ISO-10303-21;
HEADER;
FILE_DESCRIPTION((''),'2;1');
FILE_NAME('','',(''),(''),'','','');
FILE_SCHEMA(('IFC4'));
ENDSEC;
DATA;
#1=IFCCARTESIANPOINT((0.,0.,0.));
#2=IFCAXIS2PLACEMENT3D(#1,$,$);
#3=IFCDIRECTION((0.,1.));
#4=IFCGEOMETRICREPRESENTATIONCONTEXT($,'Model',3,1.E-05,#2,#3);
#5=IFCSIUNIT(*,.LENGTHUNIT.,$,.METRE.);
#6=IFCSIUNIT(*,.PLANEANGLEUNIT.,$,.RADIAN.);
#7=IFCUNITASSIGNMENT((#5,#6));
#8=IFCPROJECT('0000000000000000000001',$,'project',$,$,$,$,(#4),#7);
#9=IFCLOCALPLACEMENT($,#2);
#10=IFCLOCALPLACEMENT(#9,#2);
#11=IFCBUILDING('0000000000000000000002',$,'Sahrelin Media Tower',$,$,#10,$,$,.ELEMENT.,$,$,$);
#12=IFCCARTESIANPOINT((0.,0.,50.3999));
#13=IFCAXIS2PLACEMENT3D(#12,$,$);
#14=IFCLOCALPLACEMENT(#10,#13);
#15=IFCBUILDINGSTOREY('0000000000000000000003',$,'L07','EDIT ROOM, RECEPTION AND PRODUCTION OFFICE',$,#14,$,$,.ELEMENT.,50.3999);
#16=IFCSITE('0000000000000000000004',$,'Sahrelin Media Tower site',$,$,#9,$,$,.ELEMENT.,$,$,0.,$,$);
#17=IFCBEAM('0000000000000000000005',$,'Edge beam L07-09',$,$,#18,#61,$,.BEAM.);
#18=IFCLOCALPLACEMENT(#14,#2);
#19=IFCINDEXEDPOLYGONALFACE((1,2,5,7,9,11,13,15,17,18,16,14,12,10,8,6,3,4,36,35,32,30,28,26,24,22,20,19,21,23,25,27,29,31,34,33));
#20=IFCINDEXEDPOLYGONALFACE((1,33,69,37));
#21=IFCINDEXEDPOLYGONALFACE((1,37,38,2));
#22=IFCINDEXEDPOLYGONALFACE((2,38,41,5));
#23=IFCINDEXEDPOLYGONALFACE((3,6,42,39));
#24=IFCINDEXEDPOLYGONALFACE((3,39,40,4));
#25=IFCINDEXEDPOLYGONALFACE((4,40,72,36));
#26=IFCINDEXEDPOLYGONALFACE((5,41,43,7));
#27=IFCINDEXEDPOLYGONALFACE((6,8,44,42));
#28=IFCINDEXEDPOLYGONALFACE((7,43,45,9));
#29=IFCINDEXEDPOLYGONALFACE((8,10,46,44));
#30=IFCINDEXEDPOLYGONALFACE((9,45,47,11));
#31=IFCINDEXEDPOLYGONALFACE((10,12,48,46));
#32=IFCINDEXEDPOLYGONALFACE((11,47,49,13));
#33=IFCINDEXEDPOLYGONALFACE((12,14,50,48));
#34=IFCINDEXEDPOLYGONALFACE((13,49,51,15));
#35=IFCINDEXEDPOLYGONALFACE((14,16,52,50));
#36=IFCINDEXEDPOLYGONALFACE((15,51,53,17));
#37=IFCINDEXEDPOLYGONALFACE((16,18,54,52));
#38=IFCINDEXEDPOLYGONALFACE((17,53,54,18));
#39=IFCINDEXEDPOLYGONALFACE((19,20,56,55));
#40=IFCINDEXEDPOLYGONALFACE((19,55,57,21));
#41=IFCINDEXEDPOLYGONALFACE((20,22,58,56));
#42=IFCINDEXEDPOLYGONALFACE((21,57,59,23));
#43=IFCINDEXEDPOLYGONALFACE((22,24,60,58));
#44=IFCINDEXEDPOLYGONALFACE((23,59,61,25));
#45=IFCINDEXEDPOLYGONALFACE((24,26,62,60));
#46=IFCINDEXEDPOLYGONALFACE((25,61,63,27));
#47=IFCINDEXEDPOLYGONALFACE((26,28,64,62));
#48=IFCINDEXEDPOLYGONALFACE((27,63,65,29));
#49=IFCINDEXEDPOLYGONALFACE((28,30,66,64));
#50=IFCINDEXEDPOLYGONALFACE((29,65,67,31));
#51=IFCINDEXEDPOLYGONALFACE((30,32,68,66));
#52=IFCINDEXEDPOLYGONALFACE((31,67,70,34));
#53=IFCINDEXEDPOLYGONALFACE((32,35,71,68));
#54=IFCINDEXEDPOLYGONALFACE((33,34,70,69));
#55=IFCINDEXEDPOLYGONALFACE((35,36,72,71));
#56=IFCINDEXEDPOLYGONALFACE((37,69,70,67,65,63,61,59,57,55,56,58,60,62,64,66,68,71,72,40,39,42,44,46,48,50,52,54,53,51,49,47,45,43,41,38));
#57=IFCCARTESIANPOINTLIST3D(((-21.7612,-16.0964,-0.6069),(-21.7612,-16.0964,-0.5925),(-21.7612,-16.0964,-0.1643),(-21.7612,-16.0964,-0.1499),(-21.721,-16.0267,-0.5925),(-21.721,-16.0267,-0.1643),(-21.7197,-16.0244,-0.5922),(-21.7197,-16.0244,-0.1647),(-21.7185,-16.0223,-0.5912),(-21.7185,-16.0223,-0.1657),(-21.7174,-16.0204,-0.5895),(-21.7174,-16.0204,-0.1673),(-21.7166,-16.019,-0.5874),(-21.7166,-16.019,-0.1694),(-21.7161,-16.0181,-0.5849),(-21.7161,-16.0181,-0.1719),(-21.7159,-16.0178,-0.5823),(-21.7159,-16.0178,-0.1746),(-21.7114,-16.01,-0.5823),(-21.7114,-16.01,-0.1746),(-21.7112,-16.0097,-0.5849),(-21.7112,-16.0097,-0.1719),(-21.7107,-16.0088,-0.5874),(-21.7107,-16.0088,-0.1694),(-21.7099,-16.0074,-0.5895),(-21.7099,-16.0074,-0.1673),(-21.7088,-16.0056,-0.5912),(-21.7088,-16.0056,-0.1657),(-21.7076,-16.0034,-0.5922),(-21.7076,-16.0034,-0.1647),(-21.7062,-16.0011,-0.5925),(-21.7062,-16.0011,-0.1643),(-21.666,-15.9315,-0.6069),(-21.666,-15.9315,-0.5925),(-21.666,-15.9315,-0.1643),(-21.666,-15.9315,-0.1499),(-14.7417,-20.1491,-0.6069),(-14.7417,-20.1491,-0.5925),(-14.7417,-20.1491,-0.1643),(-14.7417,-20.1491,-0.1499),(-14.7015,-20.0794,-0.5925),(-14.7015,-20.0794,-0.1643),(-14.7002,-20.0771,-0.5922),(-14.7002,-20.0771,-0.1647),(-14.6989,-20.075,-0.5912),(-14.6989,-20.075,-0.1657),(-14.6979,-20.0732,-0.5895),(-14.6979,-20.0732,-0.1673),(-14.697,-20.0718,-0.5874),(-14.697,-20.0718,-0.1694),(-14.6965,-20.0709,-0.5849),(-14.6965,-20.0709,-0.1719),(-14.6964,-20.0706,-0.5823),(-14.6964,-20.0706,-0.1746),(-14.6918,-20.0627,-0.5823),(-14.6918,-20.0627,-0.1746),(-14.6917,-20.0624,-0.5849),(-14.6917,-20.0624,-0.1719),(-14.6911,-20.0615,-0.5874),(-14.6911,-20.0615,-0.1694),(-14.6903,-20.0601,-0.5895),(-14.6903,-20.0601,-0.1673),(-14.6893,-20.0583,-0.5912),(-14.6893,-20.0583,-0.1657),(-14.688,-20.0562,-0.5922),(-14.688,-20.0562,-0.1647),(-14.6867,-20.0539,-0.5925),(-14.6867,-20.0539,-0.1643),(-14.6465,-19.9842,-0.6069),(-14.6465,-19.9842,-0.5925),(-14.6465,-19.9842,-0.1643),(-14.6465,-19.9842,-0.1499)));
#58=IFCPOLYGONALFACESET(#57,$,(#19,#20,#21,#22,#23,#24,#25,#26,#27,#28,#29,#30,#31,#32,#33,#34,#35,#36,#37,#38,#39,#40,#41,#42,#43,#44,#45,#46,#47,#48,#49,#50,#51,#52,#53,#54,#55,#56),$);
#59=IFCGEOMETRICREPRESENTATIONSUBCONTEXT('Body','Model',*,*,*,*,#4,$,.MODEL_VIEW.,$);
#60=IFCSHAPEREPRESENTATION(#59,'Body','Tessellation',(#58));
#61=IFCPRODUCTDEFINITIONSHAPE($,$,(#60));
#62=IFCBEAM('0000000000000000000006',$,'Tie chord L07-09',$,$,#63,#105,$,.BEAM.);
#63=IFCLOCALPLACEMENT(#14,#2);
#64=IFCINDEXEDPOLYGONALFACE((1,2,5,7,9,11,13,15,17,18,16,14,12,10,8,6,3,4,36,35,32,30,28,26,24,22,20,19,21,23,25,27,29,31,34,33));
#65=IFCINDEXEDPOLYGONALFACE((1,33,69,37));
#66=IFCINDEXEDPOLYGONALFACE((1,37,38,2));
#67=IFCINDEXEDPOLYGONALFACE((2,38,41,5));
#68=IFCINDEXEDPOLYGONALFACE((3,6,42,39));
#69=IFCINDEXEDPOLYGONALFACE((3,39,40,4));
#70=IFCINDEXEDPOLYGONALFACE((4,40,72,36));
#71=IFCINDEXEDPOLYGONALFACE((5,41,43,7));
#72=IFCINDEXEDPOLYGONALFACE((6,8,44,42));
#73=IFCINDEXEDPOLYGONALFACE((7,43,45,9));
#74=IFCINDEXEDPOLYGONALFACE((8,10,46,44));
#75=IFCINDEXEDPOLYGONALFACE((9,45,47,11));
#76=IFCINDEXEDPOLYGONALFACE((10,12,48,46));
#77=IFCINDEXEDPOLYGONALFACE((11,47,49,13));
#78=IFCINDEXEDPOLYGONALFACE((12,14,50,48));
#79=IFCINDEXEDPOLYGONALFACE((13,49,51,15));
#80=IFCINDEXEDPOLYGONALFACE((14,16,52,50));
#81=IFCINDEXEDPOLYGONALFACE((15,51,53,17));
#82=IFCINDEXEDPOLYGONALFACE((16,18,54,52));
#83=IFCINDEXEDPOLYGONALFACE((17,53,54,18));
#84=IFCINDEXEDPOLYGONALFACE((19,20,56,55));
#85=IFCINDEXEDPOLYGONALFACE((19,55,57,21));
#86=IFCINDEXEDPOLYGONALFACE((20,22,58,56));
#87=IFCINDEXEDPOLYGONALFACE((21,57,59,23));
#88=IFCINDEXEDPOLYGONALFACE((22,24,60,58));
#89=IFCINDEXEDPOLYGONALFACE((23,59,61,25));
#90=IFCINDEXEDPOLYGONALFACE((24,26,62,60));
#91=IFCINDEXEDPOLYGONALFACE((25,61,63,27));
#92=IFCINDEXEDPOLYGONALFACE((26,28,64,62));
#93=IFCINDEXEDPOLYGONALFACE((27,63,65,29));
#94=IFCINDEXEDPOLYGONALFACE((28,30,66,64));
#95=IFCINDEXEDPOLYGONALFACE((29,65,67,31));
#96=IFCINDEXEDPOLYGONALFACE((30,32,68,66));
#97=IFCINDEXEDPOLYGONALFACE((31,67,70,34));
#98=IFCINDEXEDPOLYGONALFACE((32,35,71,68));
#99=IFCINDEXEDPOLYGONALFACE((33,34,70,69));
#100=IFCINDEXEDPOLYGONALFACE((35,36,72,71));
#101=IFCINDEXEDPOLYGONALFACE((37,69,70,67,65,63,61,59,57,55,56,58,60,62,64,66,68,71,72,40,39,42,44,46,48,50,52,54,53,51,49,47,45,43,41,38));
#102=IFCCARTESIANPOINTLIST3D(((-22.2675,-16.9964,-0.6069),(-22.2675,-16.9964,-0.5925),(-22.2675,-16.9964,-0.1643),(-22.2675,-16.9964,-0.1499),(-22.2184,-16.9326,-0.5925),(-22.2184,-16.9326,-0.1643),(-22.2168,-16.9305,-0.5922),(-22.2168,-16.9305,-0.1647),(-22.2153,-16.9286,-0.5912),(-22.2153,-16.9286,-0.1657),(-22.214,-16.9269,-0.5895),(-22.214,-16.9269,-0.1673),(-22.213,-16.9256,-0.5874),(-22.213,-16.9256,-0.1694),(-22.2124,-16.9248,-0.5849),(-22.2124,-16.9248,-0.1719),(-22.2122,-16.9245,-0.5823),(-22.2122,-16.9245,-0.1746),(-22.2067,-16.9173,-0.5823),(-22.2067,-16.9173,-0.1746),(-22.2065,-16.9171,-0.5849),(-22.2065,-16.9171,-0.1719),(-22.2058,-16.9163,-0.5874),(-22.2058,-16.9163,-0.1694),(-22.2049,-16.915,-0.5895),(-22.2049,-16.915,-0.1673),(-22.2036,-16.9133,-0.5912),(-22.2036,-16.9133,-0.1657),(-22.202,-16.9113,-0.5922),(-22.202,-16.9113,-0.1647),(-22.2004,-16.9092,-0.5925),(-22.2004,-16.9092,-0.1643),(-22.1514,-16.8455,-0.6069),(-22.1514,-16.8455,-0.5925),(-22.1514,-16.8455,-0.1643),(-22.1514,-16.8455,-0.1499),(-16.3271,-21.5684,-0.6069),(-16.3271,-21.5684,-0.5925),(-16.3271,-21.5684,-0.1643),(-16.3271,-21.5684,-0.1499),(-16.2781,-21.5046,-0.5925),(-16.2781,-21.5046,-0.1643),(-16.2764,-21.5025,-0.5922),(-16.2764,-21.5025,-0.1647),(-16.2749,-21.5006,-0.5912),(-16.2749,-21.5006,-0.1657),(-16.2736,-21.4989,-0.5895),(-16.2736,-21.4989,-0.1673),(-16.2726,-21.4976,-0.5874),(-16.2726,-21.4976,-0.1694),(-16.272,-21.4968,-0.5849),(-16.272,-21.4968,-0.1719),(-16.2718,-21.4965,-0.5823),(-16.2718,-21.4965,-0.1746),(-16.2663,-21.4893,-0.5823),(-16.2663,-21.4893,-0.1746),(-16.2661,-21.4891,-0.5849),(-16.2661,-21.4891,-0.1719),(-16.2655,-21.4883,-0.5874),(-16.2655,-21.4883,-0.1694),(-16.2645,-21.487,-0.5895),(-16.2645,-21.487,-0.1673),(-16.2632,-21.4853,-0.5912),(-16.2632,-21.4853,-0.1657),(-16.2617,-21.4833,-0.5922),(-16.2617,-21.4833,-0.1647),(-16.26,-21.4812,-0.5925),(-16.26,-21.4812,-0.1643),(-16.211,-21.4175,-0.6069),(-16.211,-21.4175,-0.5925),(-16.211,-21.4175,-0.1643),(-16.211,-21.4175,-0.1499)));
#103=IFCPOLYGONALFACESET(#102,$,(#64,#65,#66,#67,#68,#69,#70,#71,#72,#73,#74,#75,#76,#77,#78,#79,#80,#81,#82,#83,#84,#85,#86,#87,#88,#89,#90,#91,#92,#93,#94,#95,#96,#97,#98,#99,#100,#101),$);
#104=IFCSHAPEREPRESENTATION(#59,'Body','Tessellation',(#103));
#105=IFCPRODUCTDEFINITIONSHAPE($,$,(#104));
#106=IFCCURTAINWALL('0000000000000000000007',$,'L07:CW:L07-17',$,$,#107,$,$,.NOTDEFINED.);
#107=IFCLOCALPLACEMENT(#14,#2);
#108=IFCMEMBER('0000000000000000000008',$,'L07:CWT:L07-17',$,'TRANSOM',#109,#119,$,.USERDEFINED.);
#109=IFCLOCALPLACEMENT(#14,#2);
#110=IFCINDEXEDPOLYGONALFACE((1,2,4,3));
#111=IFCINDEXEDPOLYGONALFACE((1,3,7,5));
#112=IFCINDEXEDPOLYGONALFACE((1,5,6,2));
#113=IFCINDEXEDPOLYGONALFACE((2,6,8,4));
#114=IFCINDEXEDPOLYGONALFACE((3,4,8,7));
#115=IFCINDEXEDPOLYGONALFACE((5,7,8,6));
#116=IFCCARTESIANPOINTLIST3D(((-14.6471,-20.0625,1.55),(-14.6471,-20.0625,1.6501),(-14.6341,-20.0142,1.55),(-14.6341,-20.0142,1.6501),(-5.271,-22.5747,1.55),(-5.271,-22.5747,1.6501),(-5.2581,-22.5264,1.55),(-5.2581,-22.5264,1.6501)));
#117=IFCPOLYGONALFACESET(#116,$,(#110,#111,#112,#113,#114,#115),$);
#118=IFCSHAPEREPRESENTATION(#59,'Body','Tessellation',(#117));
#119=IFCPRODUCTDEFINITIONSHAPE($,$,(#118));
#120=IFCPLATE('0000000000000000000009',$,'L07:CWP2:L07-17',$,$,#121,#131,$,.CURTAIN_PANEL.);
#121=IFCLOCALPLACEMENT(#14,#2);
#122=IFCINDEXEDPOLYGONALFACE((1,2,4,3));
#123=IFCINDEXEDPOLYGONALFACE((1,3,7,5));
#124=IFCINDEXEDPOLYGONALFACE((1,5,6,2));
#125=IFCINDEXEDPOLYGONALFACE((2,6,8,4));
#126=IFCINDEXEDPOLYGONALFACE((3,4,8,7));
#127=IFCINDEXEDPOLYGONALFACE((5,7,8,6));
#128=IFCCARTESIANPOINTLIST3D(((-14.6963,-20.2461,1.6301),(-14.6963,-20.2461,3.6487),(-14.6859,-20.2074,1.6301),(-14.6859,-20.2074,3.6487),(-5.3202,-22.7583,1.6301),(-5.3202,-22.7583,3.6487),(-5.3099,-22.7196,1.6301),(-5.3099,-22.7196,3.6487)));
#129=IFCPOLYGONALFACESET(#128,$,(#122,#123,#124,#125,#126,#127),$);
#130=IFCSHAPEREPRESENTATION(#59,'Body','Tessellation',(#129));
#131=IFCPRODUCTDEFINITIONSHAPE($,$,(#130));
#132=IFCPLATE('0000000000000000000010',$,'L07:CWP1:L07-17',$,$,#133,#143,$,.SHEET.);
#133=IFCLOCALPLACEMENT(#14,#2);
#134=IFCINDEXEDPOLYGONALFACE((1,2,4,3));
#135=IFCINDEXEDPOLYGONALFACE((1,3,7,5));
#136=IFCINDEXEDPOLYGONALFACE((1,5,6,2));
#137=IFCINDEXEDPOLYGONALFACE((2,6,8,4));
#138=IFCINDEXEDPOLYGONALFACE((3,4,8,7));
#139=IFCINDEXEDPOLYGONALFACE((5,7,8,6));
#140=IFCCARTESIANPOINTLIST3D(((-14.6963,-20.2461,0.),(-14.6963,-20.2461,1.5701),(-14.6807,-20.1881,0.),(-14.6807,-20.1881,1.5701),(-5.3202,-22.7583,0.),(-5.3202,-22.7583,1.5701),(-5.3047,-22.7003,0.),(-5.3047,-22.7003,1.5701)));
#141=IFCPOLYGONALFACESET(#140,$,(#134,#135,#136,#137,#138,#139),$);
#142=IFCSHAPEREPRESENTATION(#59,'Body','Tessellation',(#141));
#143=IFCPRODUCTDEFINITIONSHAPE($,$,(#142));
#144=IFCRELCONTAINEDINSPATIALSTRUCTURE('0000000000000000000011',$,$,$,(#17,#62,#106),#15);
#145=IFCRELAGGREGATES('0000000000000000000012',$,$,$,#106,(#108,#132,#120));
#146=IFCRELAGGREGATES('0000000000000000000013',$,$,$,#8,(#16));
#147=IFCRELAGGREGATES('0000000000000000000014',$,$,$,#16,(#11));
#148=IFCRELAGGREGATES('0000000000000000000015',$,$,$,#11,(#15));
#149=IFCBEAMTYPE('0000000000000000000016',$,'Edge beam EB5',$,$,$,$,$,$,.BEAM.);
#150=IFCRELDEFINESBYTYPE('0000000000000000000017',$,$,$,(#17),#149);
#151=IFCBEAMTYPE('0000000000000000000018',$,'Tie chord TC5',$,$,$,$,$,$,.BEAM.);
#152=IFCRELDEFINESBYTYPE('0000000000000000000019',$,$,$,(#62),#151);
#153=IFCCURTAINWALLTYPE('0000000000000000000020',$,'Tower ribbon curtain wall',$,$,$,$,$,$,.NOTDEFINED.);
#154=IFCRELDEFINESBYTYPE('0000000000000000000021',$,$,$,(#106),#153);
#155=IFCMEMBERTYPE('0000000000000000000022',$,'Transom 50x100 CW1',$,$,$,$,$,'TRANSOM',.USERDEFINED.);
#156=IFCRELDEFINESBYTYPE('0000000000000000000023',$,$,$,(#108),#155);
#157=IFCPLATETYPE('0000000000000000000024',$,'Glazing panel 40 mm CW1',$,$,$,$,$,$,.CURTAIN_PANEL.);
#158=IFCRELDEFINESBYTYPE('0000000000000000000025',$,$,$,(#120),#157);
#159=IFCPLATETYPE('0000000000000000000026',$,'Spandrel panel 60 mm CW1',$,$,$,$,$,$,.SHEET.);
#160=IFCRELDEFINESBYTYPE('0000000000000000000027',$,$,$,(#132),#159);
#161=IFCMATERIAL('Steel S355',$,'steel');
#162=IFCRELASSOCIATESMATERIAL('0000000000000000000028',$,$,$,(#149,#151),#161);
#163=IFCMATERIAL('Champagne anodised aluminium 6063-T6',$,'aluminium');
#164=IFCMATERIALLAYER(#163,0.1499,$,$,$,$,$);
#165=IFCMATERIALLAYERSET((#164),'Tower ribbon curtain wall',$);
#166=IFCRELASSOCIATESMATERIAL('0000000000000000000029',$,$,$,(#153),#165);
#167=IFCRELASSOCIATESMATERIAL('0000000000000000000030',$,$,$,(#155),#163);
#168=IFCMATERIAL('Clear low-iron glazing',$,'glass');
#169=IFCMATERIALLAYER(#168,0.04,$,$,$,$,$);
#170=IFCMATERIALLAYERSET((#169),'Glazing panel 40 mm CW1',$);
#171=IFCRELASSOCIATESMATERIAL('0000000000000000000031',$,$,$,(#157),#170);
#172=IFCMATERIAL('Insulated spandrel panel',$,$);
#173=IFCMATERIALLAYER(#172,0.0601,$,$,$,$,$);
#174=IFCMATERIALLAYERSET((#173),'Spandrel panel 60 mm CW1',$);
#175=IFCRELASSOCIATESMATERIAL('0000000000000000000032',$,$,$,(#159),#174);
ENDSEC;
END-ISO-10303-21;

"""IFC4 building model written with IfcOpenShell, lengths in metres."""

from ifc_helpers import new_model, si_unit, direction, frame, origin, origin_2d, place, context, subcontext, project, spatial, polyline, rectangle, i_section, outline, extrude, material, layer, layer_set, material_profile, profile_set, type_object, element, aggregate, save


model = new_model("IFC4")

# Units and contexts
model_context = context("Model", 3, precision=1e-05, world=origin(), true_north=direction((0.0, 1.0)))
body_context = subcontext(model_context, "Body", "Model", "MODEL_VIEW")
ifc_project = project(units=[si_unit("LENGTHUNIT", "METRE"), si_unit("PLANEANGLEUNIT", "RADIAN")], contexts=[model_context])

# Site, building, storey
site_placement = place(None, origin())
site = spatial("IfcSite", under=ifc_project, at=site_placement, Name="Sahrelin Media Tower site", CompositionType="ELEMENT", RefElevation=0.0)
building_placement = place(site_placement, origin())
building = spatial("IfcBuilding", under=site, at=building_placement, Name="Sahrelin Media Tower", CompositionType="ELEMENT")
storey_placement = place(building_placement, frame((0.0, 0.0, 50.3999)))
storey = spatial("IfcBuildingStorey", under=building, at=storey_placement, Name="L07", Description="EDIT ROOM, RECEPTION AND PRODUCTION OFFICE", CompositionType="ELEMENT", Elevation=50.3999)

# Beams
ifc_material_1 = material(Name="Steel S355", Category="steel")
ifc_material_profile_1 = material_profile(ifc_material_1, i_section(OverallWidth=0.1904, OverallDepth=0.457, WebThickness=0.009, FlangeThickness=0.0144, FilletRadius=0.0103, at=origin_2d()), Name="UB 457x191x74")
ifc_profile_set_1 = profile_set([ifc_material_profile_1], Name="Steel S355")
beam_type_1 = type_object("IfcBeamType", Name="Edge beam EB5", PredefinedType="BEAM", material=ifc_profile_set_1)
beam_1_placement = place(storey_placement, frame((-14.6941, -20.0667, -0.3784), z_axis=(-0.866025, 0.500001, 0.0), x_axis=(-0.500001, -0.866025, 0.0)))
element("IfcBeam", 1, at=beam_1_placement, inside=storey, type_object=beam_type_1, Name="Edge beam L07-09", PredefinedType="BEAM", context=body_context, shape_type="SweptSolid", body=[
    extrude(i_section(OverallWidth=0.1904, OverallDepth=0.457, WebThickness=0.009, FlangeThickness=0.0144, FilletRadius=0.0103, at=origin_2d()), origin(), (0.0, 0.0, 1.0), 8.1055),
])
ifc_material_profile_2 = material_profile(ifc_material_1, i_section(OverallWidth=0.1904, OverallDepth=0.457, WebThickness=0.009, FlangeThickness=0.0144, FilletRadius=0.0103, at=origin_2d()), Name="UB 457x191x74")
ifc_profile_set_2 = profile_set([ifc_material_profile_2], Name="Steel S355")
beam_type_2 = type_object("IfcBeamType", Name="Tie chord TC5", PredefinedType="BEAM", material=ifc_profile_set_2)
beam_2_placement = place(storey_placement, frame((-16.269, -21.4929, -0.3784), z_axis=(-0.792465, 0.609917, 0.0), x_axis=(-0.609917, -0.792465, 0.0)))
element("IfcBeam", 2, at=beam_2_placement, inside=storey, type_object=beam_type_2, Name="Tie chord L07-09", PredefinedType="BEAM", context=body_context, shape_type="SweptSolid", body=[
    extrude(i_section(OverallWidth=0.1904, OverallDepth=0.457, WebThickness=0.009, FlangeThickness=0.0144, FilletRadius=0.0103, at=origin_2d()), origin(), (0.0, 0.0, 1.0), 7.4961),
])

# Curtain wall, member, plates
ifc_material_2 = material(Name="Champagne anodised aluminium 6063-T6", Category="aluminium")
ifc_layer_1 = layer(ifc_material_2, 0.1499)
ifc_layer_set_1 = layer_set([ifc_layer_1], Name="Tower ribbon curtain wall")
curtain_wall_type = type_object("IfcCurtainWallType", Name="Tower ribbon curtain wall", PredefinedType="NOTDEFINED", material=ifc_layer_set_1)
curtain_wall_placement = place(storey_placement, frame((-10.0032, -21.4829, 0.0), z_axis=(0.0, 0.0, 1.0), x_axis=(1.0, 0.0, 0.0)))
curtain_wall = element("IfcCurtainWall", 3, at=curtain_wall_placement, inside=storey, type_object=curtain_wall_type, Name="L07:CW:L07-17", PredefinedType="NOTDEFINED")
ifc_material_profile_3 = material_profile(ifc_material_2, rectangle(XDim=0.05, YDim=0.1001, at=origin_2d()), Name="Transom 50x100")
ifc_profile_set_3 = profile_set([ifc_material_profile_3], Name="Champagne anodised aluminium 6063-T6")
member_type = type_object("IfcMemberType", Name="Transom 50x100 CW1", ElementType="TRANSOM", PredefinedType="USERDEFINED", material=ifc_profile_set_3)
member_placement = place(storey_placement, frame((-14.6406, -20.0383, 1.6001), z_axis=(0.965928, -0.258812, 0.0), x_axis=(0.258812, 0.965928, 0.0)))
member = element("IfcMember", 4, at=member_placement, type_object=member_type, Name="L07:CWT:L07-17", ObjectType="TRANSOM", PredefinedType="USERDEFINED", context=body_context, shape_type="SweptSolid", body=[
    extrude(rectangle(XDim=0.05, YDim=0.1001, at=origin_2d()), origin(), (0.0, 0.0, 1.0), 9.7068),
])
ifc_material_3 = material(Name="Clear low-iron glazing", Category="glass")
ifc_layer_2 = layer(ifc_material_3, 0.04)
ifc_layer_set_2 = layer_set([ifc_layer_2], Name="Glazing panel 40 mm CW1")
plate_type_1 = type_object("IfcPlateType", Name="Glazing panel 40 mm CW1", PredefinedType="CURTAIN_PANEL", material=ifc_layer_set_2)
plate_1_placement = place(storey_placement, frame((-14.6963, -20.2461, 1.6301), z_axis=(-0.258812, -0.965928, 0.0), x_axis=(0.965928, -0.258812, 0.0)))
plate_1 = element("IfcPlate", 5, at=plate_1_placement, type_object=plate_type_1, Name="L07:CWP2:L07-17", PredefinedType="CURTAIN_PANEL", context=body_context, shape_type="SweptSolid", body=[
    extrude(outline(polyline([(0.0, 0.0), (9.7068, 0.0), (9.7068, 2.0186), (0.0, 2.0186), (0.0, 0.0)])), origin(), (0.0, 0.0, -1.0), 0.04),
])
ifc_material_4 = material(Name="Insulated spandrel panel")
ifc_layer_3 = layer(ifc_material_4, 0.0601)
ifc_layer_set_3 = layer_set([ifc_layer_3], Name="Spandrel panel 60 mm CW1")
plate_type_2 = type_object("IfcPlateType", Name="Spandrel panel 60 mm CW1", PredefinedType="SHEET", material=ifc_layer_set_3)
plate_2_placement = place(storey_placement, frame((-14.6963, -20.2461, 0.0), z_axis=(-0.258812, -0.965928, 0.0), x_axis=(0.965928, -0.258812, 0.0)))
plate_2 = element("IfcPlate", 6, at=plate_2_placement, type_object=plate_type_2, Name="L07:CWP1:L07-17", PredefinedType="SHEET", context=body_context, shape_type="SweptSolid", body=[
    extrude(outline(polyline([(0.0, 0.0), (9.7068, 0.0), (9.7068, 1.5701), (0.0, 1.5701), (0.0, 0.0)])), origin(), (0.0, 0.0, -1.0), 0.0601),
])
aggregate(curtain_wall, [member, plate_2, plate_1])

save(model, "model.ifc")
